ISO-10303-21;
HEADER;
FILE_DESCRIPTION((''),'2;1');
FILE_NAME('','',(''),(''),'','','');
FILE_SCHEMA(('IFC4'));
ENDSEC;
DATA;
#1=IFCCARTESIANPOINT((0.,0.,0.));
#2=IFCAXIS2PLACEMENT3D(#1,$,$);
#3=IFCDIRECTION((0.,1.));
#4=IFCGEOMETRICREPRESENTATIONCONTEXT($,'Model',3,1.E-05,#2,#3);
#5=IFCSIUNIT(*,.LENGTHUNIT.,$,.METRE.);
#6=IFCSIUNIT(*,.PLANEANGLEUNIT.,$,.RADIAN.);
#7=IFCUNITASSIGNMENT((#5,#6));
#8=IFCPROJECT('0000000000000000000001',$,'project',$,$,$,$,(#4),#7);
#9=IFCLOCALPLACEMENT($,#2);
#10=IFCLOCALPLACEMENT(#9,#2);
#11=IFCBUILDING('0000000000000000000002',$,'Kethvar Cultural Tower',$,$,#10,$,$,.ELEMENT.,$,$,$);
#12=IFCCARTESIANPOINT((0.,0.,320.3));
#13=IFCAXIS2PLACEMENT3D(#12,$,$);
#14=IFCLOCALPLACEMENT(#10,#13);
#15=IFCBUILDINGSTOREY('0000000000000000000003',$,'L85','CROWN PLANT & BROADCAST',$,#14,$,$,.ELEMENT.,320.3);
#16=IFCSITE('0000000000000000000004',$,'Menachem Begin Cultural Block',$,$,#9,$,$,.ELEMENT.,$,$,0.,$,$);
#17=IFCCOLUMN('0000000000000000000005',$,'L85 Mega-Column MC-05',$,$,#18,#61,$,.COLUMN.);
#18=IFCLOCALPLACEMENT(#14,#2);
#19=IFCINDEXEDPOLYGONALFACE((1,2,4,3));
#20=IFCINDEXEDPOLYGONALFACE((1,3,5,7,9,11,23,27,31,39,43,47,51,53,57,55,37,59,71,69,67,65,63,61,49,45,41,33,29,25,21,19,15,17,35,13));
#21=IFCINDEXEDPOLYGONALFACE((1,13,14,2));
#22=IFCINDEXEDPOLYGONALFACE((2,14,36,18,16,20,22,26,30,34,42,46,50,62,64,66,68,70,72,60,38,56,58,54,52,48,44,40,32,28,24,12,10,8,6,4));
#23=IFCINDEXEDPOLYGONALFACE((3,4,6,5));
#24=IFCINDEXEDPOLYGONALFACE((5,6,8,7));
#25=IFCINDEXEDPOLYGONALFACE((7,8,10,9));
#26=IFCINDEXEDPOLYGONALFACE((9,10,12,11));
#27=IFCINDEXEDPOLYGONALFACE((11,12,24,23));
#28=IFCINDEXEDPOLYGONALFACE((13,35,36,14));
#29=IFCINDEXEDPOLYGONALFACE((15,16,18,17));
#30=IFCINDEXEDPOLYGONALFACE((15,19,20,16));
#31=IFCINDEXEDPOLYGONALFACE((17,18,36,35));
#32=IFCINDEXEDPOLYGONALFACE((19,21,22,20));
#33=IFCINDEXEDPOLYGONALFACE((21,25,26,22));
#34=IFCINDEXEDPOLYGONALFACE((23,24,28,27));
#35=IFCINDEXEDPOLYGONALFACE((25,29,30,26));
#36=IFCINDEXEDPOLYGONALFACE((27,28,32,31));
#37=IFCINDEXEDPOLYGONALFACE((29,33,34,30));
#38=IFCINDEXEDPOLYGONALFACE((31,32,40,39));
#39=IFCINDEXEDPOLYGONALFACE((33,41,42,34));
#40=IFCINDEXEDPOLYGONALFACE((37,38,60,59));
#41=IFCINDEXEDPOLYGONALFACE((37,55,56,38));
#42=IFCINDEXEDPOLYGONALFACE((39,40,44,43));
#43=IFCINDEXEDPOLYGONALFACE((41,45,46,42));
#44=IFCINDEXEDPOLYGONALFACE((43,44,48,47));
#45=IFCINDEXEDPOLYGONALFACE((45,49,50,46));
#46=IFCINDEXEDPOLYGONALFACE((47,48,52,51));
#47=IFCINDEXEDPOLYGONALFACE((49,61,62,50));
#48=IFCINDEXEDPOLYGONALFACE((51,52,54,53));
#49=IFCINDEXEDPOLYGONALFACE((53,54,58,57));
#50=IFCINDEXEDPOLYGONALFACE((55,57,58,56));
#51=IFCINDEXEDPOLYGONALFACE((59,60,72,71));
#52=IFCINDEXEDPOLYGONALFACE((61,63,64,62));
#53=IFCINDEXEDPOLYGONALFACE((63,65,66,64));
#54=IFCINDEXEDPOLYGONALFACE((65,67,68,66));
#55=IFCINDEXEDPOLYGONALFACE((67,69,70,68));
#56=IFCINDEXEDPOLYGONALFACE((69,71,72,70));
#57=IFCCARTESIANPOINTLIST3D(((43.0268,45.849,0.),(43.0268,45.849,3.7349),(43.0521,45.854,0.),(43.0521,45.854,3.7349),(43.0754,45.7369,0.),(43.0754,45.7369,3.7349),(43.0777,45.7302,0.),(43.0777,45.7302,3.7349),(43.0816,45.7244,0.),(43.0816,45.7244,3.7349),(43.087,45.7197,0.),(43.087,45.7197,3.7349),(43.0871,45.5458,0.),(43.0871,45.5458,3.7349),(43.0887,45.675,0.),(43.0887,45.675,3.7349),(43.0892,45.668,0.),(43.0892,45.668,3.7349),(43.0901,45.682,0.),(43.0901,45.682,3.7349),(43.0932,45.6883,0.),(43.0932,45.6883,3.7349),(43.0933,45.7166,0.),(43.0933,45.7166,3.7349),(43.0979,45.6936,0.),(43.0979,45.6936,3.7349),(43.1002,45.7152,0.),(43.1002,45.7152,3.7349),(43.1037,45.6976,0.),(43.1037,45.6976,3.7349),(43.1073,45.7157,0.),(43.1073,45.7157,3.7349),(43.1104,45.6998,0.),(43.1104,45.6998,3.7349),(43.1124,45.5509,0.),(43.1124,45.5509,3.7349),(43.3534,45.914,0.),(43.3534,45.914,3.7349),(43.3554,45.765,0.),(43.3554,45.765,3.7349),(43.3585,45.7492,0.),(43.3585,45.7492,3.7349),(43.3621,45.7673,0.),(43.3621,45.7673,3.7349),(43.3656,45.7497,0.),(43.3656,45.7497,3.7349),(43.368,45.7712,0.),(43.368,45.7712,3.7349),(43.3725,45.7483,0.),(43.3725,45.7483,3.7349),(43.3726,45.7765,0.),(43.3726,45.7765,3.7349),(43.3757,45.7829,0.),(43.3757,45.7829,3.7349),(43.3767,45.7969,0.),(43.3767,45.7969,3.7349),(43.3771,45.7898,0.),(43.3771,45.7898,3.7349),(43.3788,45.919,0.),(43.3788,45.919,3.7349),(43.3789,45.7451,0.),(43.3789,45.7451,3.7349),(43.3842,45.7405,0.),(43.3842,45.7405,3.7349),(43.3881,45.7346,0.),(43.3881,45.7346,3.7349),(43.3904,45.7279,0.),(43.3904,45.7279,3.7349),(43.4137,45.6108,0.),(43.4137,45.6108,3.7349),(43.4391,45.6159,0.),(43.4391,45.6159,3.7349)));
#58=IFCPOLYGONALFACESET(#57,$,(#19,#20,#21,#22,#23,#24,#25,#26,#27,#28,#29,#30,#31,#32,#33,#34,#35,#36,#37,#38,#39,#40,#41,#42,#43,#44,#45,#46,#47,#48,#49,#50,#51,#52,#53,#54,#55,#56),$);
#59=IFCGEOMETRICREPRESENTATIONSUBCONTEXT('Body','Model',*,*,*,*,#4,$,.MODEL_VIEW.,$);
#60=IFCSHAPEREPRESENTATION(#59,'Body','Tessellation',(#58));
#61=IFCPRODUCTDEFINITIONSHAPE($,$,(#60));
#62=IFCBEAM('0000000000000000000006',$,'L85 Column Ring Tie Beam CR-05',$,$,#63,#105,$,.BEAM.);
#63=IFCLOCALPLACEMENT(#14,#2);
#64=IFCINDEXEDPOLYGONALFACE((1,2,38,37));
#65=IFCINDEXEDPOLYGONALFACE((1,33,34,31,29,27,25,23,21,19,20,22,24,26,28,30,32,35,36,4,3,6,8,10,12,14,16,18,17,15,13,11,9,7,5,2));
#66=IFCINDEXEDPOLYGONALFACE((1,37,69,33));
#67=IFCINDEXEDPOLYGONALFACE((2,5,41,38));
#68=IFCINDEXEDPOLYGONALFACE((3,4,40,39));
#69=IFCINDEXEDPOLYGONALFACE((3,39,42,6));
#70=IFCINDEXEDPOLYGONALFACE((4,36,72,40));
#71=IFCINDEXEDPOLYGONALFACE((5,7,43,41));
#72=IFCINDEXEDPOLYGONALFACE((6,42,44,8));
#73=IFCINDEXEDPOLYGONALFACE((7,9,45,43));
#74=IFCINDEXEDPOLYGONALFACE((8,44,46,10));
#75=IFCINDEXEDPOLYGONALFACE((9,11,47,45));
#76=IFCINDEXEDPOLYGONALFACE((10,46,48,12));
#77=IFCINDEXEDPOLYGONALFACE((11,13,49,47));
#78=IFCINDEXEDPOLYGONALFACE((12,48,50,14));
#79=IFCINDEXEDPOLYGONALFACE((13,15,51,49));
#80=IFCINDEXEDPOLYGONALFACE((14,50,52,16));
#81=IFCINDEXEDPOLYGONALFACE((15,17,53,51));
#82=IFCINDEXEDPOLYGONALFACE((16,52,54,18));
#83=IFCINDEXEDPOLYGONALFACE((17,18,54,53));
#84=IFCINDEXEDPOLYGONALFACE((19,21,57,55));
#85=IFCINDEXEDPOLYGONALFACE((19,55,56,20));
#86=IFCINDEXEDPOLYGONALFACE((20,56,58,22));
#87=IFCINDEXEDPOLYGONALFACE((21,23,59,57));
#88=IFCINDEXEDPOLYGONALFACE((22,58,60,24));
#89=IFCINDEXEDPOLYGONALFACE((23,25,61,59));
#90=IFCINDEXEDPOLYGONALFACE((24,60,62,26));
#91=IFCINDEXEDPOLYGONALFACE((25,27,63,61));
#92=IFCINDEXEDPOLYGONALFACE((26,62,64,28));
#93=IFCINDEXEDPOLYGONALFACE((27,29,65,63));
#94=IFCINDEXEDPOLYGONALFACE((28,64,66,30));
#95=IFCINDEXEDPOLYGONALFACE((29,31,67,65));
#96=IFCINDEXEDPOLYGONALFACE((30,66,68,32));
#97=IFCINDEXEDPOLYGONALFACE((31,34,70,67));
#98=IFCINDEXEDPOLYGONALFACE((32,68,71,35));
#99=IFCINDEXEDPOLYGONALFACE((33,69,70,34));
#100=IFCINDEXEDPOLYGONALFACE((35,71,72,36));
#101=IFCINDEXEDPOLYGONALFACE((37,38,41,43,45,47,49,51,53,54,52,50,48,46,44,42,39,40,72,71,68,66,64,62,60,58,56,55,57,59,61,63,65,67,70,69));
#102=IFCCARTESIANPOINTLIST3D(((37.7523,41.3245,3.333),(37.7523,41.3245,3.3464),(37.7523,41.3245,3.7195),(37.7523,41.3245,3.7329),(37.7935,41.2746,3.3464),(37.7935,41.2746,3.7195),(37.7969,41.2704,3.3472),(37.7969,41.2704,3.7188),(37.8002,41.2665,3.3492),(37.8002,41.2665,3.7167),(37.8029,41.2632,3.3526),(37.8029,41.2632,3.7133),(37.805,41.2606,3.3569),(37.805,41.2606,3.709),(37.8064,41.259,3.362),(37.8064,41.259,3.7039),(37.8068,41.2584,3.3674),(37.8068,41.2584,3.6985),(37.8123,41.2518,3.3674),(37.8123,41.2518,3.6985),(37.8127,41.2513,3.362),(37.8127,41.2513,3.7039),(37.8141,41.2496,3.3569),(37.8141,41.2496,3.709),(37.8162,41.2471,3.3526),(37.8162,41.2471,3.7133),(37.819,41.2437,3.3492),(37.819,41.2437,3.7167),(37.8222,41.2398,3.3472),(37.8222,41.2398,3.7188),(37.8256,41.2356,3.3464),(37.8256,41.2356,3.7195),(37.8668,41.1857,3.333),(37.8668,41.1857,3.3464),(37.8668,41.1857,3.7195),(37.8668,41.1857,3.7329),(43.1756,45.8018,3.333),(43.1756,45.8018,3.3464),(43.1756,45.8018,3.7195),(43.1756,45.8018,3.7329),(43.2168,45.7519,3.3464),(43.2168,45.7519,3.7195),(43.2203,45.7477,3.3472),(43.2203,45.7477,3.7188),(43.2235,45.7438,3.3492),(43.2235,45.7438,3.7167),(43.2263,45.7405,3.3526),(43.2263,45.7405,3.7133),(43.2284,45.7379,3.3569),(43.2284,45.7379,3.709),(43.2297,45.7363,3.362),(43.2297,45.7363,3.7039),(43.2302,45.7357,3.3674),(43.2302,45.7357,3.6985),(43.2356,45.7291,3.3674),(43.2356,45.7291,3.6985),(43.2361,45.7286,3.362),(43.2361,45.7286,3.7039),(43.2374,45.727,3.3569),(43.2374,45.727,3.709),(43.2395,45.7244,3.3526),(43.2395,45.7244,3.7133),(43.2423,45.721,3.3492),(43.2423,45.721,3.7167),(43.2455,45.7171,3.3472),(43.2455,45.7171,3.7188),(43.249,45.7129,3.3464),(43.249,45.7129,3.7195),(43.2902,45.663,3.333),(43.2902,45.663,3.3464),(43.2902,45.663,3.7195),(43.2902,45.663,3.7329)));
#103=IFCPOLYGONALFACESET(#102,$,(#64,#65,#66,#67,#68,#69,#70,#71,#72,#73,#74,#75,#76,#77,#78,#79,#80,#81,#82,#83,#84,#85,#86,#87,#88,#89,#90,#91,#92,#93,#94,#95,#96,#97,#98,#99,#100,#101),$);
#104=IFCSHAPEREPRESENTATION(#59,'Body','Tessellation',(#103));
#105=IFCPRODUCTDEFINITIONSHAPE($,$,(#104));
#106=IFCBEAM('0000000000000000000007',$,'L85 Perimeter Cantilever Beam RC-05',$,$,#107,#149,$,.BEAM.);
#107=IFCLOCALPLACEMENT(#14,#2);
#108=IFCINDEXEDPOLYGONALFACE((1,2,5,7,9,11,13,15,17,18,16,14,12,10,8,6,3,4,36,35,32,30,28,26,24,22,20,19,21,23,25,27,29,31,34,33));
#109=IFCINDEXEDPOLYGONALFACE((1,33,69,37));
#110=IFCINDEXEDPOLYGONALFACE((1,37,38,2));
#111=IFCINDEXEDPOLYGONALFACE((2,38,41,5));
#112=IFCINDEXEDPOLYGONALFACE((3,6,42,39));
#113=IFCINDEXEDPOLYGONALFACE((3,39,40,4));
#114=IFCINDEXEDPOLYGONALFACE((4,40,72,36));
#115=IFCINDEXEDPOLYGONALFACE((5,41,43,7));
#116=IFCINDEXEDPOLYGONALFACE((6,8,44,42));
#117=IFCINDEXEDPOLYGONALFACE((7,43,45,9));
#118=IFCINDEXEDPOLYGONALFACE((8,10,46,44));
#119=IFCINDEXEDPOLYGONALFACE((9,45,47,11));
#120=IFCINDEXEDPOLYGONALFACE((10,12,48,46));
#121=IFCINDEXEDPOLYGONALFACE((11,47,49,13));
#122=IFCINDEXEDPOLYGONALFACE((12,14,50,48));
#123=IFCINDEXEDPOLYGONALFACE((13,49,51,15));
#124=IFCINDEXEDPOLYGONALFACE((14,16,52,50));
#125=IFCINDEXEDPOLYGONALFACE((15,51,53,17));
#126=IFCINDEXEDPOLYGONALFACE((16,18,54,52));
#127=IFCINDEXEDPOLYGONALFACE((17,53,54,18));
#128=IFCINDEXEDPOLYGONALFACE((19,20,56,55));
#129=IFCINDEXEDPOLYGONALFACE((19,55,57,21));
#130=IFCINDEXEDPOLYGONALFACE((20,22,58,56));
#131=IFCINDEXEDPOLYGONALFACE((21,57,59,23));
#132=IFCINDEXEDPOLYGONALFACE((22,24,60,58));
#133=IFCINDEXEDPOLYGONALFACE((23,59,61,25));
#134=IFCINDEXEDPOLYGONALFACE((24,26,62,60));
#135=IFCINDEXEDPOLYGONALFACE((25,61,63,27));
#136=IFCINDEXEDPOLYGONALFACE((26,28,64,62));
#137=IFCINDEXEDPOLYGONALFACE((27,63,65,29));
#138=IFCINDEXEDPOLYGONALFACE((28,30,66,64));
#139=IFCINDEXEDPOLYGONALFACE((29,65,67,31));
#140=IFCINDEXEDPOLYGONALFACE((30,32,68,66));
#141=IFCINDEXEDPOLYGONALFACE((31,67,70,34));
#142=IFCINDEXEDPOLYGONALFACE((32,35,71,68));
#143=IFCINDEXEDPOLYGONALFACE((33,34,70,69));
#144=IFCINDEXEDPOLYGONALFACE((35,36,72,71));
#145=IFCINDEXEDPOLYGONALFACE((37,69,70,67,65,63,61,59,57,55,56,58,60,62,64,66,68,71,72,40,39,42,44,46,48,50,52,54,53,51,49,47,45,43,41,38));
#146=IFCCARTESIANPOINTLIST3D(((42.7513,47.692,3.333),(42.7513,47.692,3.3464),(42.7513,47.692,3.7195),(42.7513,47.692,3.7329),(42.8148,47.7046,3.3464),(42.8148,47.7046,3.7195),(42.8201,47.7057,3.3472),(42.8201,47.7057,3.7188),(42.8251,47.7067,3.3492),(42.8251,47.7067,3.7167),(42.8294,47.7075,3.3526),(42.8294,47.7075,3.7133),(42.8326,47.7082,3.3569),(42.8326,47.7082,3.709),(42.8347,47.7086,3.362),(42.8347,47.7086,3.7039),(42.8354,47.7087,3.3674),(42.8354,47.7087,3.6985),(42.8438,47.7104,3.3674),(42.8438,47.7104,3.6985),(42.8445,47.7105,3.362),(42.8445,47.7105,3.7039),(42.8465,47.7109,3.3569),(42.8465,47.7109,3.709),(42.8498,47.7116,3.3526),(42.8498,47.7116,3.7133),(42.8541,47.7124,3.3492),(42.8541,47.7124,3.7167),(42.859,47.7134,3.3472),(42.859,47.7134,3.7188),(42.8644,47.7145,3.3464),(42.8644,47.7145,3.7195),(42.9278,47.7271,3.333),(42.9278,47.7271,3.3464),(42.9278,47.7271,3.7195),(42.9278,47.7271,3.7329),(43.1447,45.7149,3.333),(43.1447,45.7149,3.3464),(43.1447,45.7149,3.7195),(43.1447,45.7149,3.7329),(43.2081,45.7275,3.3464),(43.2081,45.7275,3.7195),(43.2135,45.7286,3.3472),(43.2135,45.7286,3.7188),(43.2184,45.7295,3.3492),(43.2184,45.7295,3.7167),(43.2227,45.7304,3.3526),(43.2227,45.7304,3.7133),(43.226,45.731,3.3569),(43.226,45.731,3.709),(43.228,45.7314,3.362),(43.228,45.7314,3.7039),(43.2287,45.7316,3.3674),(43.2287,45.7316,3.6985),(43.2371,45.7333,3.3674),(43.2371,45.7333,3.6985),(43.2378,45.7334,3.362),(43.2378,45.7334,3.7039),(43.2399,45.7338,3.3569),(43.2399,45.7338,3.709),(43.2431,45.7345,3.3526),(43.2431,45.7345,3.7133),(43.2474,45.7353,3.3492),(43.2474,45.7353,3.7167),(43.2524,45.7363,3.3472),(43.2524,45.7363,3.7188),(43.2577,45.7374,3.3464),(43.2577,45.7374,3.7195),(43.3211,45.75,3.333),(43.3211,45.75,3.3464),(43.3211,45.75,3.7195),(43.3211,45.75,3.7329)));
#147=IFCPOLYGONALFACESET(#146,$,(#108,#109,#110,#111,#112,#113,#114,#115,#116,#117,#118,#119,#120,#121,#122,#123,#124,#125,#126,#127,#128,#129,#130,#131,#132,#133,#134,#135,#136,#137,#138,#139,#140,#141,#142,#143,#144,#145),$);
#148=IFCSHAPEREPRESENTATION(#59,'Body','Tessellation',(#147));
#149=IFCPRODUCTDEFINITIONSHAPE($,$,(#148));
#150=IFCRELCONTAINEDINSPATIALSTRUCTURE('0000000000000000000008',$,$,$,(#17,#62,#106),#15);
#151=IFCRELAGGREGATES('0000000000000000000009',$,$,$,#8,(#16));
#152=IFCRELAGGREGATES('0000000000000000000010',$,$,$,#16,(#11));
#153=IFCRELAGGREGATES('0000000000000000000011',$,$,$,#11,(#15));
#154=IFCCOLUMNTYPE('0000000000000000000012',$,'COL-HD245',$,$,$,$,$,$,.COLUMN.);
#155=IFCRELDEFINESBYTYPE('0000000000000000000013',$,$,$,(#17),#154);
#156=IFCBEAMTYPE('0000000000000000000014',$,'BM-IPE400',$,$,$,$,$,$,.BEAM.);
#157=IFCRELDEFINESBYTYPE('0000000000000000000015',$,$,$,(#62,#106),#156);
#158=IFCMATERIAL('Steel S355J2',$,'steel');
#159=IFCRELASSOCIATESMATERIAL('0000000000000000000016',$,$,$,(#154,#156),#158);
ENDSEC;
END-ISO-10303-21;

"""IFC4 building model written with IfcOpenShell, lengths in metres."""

from ifc_helpers import new_model, si_unit, direction, frame, origin, origin_2d, place, context, subcontext, project, spatial, i_section, extrude, source, transform, mapped, material, material_profile, profile_set, type_object, element, save


model = new_model("IFC4")

# Units and contexts
model_context = context("Model", 3, precision=1e-05, world=origin(), true_north=direction((0.0, 1.0)))
body_context = subcontext(model_context, "Body", "Model", "MODEL_VIEW")
ifc_project = project(units=[si_unit("LENGTHUNIT", "METRE"), si_unit("PLANEANGLEUNIT", "RADIAN")], contexts=[model_context])

# Site, building, storey
site_placement = place(None, origin())
site = spatial("IfcSite", under=ifc_project, at=site_placement, Name="Menachem Begin Cultural Block", CompositionType="ELEMENT", RefElevation=0.0)
building_placement = place(site_placement, origin())
building = spatial("IfcBuilding", under=site, at=building_placement, Name="Kethvar Cultural Tower", CompositionType="ELEMENT")
storey_placement = place(building_placement, frame((0.0, 0.0, 320.3)))
storey = spatial("IfcBuildingStorey", under=building, at=storey_placement, Name="L85", Description="CROWN PLANT & BROADCAST", CompositionType="ELEMENT", Elevation=320.3)

# Column
ifc_material_1 = material(Name="Steel S355J2", Category="steel")
ifc_material_profile_1 = material_profile(ifc_material_1, i_section(OverallWidth=0.3091, OverallDepth=0.3589, WebThickness=0.0161, FlangeThickness=0.0259, FilletRadius=0.0271, at=origin_2d()), Name="Steel S355J2 — HD320x245")
ifc_profile_set_1 = profile_set([ifc_material_profile_1], Name="Steel S355J2 — HD320x245")
column_type = type_object("IfcColumnType", Name="COL-HD245", PredefinedType="COLUMN", material=ifc_profile_set_1)
shared_shape_1 = source(origin(), body_context, "Body", "SweptSolid", [
    extrude(i_section(OverallWidth=0.3091, OverallDepth=0.3589, WebThickness=0.0161, FlangeThickness=0.0259, FilletRadius=0.0271, at=origin_2d()), origin(), (0.0, 0.0, 1.0), 3.7349),
])
column_placement = place(storey_placement, frame((43.2329, 45.7324, 0.0), z_axis=(0.0, 0.0, 1.0), x_axis=(-0.19509, 0.980785, 0.0)))
element("IfcColumn", 1, at=column_placement, inside=storey, type_object=column_type, Name="L85 Mega-Column MC-05", PredefinedType="COLUMN", context=body_context, shape_type="MappedRepresentation", body=[
    mapped(shared_shape_1, transform((0.0, 0.0, 0.0), scale=1.0)),
])

# Beams
ifc_material_profile_2 = material_profile(ifc_material_1, i_section(OverallWidth=0.1799, OverallDepth=0.3999, WebThickness=0.0085, FlangeThickness=0.0134, FilletRadius=0.021, at=origin_2d()), Name="Steel S355J2 — IPE400")
ifc_profile_set_2 = profile_set([ifc_material_profile_2], Name="Steel S355J2 — IPE400")
beam_type_1 = type_object("IfcBeamType", Name="BM-IPE400", PredefinedType="BEAM", material=ifc_profile_set_2)
shared_shape_2 = source(origin(), body_context, "Body", "SweptSolid", [
    extrude(i_section(OverallWidth=0.1799, OverallDepth=0.3999, WebThickness=0.0085, FlangeThickness=0.0134, FilletRadius=0.021, at=origin_2d()), origin(), (0.0, 0.0, 1.0), 7.0327),
])
beam_1_placement = place(storey_placement, frame((43.2329, 45.7324, 3.533), z_axis=(-0.771161, -0.63664, 0.0), x_axis=(0.63664, -0.771161, 0.0)))
element("IfcBeam", 2, at=beam_1_placement, inside=storey, type_object=beam_type_1, Name="L85 Column Ring Tie Beam CR-05", PredefinedType="BEAM", context=body_context, shape_type="MappedRepresentation", body=[
    mapped(shared_shape_2, transform((0.0, 0.0, 0.0), scale=1.0)),
])
shared_shape_3 = source(origin(), body_context, "Body", "SweptSolid", [
    extrude(i_section(OverallWidth=0.1799, OverallDepth=0.3999, WebThickness=0.0085, FlangeThickness=0.0134, FilletRadius=0.021, at=origin_2d()), origin(), (0.0, 0.0, 1.0), 2.0159),
])
beam_2_placement = place(storey_placement, frame((43.2329, 45.7324, 3.533), z_axis=(-0.195115, 0.98078, 0.0), x_axis=(-0.98078, -0.195115, 0.0)))
element("IfcBeam", 3, at=beam_2_placement, inside=storey, type_object=beam_type_1, Name="L85 Perimeter Cantilever Beam RC-05", PredefinedType="BEAM", context=body_context, shape_type="MappedRepresentation", body=[
    mapped(shared_shape_3, transform((0.0, 0.0, 0.0), scale=1.0)),
])

save(model, "model.ifc")
